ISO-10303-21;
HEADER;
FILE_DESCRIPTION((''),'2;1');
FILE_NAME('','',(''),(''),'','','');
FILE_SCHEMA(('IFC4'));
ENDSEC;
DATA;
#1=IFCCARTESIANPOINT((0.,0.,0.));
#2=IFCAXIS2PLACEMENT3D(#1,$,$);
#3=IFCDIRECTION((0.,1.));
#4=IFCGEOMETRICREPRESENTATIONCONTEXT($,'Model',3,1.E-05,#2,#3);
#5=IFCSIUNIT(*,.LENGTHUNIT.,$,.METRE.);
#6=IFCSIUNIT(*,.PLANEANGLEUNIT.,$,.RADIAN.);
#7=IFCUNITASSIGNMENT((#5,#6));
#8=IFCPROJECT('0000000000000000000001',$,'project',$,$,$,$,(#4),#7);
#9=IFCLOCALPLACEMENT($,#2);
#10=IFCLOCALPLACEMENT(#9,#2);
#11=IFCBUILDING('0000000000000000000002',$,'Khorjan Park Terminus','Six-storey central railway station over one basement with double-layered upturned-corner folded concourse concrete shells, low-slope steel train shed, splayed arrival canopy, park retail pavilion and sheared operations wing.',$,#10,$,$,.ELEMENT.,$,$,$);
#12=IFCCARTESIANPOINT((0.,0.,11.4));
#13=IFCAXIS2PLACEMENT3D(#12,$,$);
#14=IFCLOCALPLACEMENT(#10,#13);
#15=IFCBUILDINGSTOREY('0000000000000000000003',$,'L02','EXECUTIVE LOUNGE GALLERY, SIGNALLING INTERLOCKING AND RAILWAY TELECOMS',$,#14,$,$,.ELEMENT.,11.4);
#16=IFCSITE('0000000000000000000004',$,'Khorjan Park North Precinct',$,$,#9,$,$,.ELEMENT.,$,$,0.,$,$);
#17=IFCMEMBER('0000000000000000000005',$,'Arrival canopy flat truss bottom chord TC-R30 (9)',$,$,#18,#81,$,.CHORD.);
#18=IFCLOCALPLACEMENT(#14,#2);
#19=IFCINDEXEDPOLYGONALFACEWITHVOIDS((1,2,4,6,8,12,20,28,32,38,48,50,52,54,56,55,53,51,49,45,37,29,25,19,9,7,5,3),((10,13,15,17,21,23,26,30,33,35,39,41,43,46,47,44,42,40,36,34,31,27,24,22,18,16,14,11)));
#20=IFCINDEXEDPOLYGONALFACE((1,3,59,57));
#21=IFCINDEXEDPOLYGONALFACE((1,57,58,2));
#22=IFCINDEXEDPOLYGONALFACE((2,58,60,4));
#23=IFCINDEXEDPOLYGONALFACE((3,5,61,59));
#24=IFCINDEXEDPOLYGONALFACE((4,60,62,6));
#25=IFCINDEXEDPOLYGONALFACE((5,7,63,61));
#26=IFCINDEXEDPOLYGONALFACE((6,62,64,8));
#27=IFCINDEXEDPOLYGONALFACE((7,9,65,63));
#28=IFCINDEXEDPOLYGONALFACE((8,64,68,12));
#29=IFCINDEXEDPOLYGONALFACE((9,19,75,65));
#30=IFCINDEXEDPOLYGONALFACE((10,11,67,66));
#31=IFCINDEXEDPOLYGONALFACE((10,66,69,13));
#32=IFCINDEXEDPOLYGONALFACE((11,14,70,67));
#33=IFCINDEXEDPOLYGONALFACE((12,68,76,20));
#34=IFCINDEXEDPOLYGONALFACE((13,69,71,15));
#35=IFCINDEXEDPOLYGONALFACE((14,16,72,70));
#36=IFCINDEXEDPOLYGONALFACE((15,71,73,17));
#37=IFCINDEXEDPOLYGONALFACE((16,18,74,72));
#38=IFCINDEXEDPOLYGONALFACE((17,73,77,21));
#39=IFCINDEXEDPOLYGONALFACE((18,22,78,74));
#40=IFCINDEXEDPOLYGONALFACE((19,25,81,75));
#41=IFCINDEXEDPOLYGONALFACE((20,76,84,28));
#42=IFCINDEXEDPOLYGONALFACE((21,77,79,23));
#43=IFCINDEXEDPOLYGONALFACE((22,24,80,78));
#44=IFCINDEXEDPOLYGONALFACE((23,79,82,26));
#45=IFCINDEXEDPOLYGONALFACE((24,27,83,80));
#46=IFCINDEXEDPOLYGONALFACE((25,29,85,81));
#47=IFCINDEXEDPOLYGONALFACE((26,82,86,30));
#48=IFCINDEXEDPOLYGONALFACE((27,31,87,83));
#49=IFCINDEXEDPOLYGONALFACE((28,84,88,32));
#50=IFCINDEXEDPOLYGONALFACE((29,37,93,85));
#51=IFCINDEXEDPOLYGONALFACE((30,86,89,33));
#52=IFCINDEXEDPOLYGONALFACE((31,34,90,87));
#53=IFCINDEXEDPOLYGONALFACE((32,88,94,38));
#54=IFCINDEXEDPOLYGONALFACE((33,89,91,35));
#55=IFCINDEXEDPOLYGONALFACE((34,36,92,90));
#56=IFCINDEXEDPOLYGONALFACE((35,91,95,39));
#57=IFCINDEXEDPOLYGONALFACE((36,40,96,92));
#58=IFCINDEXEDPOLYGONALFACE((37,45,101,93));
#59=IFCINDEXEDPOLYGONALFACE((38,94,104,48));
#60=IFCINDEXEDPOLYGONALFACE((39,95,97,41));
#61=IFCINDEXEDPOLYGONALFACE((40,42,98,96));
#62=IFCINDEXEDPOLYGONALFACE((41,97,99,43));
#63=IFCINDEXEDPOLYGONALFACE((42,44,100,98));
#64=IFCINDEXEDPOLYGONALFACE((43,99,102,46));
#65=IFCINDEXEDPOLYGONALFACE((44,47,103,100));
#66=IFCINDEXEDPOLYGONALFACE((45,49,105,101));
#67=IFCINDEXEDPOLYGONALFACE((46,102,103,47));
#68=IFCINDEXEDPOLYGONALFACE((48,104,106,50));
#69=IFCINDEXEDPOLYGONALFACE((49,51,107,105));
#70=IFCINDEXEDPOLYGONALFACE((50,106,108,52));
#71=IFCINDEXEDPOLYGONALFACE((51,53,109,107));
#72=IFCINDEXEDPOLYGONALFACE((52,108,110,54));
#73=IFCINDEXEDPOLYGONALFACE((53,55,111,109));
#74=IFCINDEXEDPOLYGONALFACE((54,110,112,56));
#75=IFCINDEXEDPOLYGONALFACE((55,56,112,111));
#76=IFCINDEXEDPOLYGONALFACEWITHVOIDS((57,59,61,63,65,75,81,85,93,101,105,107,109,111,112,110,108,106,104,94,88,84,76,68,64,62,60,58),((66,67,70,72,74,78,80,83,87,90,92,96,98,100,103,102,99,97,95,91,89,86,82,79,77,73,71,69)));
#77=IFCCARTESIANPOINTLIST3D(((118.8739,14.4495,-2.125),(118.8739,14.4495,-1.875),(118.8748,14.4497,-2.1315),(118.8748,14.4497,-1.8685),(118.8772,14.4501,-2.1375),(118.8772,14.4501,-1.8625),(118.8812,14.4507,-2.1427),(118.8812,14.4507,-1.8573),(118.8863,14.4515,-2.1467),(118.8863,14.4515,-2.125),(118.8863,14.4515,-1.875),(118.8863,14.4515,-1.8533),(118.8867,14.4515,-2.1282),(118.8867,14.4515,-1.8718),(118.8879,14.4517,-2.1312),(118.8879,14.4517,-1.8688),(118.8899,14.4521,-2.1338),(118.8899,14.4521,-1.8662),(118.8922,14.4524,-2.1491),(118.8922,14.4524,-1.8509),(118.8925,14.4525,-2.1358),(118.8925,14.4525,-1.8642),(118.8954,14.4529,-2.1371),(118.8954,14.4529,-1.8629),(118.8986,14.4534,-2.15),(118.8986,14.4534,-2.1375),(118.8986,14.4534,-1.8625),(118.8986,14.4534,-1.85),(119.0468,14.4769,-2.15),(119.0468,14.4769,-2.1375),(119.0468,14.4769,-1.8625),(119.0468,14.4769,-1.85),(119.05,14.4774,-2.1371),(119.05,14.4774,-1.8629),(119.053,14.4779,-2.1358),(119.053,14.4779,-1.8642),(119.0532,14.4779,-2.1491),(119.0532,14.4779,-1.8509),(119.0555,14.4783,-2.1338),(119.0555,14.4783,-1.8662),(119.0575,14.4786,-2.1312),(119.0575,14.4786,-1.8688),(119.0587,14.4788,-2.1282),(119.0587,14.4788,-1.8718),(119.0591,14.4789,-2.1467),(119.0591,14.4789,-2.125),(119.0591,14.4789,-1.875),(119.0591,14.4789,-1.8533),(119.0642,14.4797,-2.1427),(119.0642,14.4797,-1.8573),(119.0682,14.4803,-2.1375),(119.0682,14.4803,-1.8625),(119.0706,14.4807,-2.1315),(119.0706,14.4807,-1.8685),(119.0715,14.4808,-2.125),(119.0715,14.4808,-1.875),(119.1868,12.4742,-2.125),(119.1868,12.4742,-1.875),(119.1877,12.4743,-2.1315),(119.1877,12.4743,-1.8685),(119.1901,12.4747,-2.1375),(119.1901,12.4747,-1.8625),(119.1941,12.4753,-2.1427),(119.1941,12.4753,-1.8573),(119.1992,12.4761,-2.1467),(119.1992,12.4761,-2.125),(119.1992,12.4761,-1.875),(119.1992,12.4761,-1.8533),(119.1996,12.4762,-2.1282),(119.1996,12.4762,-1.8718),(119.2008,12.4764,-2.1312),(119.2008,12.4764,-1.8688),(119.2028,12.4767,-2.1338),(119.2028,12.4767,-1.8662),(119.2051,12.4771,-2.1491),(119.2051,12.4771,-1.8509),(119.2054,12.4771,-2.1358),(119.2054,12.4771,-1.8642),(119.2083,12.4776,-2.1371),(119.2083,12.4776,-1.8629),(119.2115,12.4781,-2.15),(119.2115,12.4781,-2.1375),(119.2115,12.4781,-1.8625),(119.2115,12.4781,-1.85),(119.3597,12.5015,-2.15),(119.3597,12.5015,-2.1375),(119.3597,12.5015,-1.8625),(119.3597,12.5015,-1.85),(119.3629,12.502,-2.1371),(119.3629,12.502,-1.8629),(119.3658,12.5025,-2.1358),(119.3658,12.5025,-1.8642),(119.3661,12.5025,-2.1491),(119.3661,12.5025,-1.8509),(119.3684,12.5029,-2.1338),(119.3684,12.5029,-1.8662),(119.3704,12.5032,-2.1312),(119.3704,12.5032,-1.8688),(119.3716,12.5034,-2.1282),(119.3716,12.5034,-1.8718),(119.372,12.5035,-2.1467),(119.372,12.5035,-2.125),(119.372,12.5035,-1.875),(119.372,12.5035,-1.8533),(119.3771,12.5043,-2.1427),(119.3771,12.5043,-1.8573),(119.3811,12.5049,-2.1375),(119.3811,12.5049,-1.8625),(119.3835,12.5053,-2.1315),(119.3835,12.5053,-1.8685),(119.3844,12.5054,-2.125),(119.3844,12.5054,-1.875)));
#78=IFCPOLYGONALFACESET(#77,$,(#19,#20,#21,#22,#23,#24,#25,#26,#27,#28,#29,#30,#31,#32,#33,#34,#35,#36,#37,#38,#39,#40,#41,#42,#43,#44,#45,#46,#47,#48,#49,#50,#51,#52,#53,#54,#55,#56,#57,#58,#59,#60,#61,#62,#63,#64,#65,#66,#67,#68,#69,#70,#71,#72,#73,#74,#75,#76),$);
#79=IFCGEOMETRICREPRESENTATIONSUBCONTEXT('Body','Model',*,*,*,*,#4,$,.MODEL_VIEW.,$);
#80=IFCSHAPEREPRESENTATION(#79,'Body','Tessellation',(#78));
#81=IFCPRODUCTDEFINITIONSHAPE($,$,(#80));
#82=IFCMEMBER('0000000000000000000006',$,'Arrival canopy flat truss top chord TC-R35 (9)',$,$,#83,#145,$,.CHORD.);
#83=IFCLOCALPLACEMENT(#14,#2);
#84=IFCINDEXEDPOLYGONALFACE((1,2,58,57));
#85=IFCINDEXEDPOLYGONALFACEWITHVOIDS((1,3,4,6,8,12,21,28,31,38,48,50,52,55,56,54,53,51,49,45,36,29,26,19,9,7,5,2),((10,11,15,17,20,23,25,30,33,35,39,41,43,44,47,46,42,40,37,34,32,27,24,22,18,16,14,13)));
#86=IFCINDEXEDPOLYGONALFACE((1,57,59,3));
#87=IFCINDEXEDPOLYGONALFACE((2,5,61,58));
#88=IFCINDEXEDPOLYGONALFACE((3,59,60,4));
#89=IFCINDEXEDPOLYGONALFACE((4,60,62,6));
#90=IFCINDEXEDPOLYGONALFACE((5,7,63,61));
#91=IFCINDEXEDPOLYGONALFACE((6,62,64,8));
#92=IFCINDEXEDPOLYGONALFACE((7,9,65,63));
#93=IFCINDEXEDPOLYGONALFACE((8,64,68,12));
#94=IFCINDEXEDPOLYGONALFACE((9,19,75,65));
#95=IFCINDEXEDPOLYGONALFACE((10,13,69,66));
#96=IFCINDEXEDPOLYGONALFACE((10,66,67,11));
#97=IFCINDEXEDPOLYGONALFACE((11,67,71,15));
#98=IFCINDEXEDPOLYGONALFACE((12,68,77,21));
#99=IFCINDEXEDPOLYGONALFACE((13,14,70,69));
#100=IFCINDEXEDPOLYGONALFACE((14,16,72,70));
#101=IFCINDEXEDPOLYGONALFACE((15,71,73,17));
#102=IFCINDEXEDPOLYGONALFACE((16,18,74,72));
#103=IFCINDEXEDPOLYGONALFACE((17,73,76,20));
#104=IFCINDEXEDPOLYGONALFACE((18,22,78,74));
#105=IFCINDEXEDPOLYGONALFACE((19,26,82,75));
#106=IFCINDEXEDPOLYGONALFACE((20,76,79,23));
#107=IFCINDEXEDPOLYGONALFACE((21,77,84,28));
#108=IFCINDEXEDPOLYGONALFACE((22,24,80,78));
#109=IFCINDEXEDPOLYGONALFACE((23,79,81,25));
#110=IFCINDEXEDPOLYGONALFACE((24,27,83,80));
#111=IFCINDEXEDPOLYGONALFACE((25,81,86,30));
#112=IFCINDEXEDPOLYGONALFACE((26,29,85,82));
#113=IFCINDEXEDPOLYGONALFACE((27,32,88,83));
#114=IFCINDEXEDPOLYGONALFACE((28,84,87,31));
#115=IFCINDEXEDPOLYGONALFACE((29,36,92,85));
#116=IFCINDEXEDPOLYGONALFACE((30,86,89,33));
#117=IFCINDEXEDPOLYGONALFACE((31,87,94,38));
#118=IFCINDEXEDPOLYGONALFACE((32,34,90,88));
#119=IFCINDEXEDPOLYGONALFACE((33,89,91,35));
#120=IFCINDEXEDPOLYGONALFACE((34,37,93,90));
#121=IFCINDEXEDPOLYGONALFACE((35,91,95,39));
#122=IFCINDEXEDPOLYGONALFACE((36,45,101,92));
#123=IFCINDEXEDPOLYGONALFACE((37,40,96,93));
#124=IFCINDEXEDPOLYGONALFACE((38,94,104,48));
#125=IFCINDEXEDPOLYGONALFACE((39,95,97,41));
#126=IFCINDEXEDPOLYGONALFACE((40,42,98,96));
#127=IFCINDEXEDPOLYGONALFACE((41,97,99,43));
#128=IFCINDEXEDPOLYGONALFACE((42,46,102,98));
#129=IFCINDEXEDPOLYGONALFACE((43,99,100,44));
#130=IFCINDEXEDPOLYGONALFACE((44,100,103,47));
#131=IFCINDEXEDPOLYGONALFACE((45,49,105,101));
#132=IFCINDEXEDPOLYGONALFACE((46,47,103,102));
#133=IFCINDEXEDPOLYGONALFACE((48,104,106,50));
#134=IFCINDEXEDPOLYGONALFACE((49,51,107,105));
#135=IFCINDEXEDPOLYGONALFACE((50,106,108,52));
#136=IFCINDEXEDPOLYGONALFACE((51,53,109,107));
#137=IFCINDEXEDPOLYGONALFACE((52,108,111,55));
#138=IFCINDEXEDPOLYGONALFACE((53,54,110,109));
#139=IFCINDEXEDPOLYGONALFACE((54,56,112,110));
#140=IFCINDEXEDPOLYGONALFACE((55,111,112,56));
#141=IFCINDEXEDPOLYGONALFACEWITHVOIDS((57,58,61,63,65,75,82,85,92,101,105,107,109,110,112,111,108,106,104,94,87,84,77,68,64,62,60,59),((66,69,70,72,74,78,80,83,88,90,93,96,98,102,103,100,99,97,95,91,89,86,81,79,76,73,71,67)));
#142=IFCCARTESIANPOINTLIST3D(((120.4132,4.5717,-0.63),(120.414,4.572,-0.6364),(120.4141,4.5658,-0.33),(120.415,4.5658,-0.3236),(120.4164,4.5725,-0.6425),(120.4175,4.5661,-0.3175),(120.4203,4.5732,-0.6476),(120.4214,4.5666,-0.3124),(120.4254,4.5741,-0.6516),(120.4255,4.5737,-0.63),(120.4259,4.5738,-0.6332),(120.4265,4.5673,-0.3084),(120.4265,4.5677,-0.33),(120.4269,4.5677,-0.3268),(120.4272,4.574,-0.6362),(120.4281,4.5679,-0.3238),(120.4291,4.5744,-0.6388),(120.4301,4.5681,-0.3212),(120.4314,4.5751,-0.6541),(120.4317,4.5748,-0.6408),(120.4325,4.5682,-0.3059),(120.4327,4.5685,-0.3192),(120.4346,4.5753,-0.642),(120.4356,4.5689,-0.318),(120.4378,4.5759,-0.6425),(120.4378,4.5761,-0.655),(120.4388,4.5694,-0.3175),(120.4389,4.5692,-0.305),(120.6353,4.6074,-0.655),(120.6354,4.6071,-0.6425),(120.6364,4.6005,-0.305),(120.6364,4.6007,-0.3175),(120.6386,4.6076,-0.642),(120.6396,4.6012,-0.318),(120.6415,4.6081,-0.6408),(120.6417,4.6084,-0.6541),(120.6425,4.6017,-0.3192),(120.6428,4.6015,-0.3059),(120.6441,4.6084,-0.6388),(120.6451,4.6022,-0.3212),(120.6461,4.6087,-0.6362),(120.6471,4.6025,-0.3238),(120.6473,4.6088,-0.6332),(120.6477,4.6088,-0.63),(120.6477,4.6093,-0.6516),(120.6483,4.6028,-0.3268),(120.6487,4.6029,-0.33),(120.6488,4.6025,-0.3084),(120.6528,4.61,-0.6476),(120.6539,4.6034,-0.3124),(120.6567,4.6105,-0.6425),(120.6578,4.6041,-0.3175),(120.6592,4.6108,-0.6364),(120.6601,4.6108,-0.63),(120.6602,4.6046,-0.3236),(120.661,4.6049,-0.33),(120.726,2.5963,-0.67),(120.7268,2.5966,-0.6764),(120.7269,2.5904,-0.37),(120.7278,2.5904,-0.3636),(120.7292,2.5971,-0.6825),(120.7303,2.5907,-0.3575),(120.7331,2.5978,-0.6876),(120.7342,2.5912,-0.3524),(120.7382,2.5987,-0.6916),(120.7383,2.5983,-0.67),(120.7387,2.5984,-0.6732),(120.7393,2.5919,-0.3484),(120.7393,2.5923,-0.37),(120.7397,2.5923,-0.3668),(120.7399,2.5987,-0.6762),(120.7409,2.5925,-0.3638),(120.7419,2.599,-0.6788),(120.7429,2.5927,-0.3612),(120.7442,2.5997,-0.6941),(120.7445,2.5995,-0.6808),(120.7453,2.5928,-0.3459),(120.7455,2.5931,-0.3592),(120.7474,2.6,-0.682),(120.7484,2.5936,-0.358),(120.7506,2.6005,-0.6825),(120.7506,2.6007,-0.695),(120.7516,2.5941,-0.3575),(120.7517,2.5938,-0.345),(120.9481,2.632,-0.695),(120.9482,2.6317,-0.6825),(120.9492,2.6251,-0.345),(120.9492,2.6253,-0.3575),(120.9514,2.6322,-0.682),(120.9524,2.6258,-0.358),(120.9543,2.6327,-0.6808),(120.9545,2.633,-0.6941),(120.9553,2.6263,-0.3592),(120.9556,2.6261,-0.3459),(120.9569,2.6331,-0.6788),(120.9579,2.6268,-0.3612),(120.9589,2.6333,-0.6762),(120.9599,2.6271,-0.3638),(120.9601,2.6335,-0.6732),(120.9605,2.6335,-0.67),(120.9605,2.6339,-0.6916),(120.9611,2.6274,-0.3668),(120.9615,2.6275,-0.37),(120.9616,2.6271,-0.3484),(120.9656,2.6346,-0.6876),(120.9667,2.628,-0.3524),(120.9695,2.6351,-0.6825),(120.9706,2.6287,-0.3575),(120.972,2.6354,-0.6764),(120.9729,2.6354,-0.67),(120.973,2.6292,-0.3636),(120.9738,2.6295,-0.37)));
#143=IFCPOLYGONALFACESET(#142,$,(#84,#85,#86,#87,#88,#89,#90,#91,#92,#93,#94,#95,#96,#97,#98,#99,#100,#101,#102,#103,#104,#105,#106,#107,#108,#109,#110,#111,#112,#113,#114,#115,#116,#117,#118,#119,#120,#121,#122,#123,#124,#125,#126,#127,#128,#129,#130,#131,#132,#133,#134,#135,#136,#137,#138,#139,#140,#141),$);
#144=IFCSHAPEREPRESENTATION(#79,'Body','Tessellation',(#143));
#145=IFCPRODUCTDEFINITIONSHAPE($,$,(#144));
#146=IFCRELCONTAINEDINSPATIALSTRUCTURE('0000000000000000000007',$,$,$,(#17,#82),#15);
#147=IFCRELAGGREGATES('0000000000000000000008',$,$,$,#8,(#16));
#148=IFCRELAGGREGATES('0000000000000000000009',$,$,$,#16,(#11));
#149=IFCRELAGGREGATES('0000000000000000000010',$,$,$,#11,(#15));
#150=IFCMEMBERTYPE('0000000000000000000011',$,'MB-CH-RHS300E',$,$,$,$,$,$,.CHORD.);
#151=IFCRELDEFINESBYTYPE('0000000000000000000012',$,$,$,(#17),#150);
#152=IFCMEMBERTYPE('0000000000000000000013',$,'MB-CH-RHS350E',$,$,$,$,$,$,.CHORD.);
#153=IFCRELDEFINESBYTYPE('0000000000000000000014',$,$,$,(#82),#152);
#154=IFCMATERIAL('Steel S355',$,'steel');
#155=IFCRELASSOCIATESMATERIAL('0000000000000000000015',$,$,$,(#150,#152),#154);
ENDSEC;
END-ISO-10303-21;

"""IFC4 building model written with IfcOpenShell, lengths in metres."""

from ifc_helpers import new_model, si_unit, direction, frame, origin, origin_2d, place, context, subcontext, project, spatial, hollow_rectangle, extrude, material, material_profile, profile_set, type_object, element, save


model = new_model("IFC4")

# Units and contexts
model_context = context("Model", 3, precision=1e-05, world=origin(), true_north=direction((0.0, 1.0)))
body_context = subcontext(model_context, "Body", "Model", "MODEL_VIEW")
ifc_project = project(units=[si_unit("LENGTHUNIT", "METRE"), si_unit("PLANEANGLEUNIT", "RADIAN")], contexts=[model_context])

# Site, building, storey
site_placement = place(None, origin())
site = spatial("IfcSite", under=ifc_project, at=site_placement, Name="Khorjan Park North Precinct", CompositionType="ELEMENT", RefElevation=0.0)
building_placement = place(site_placement, origin())
building = spatial("IfcBuilding", under=site, at=building_placement, Name="Khorjan Park Terminus", Description="Six-storey central railway station over one basement with double-layered upturned-corner folded concourse concrete shells, low-slope steel train shed, splayed arrival canopy, park retail pavilion and sheared operations wing.", CompositionType="ELEMENT")
storey_placement = place(building_placement, frame((0.0, 0.0, 11.4)))
storey = spatial("IfcBuildingStorey", under=building, at=storey_placement, Name="L02", Description="EXECUTIVE LOUNGE GALLERY, SIGNALLING INTERLOCKING AND RAILWAY TELECOMS", CompositionType="ELEMENT", Elevation=11.4)

# Members
ifc_material = material(Name="Steel S355", Category="steel")
ifc_material_profile_1 = material_profile(ifc_material, hollow_rectangle(XDim=0.2, YDim=0.3, WallThickness=0.0125, InnerFilletRadius=0.0125, OuterFilletRadius=0.025, at=origin_2d()), Name="RHS 300x200x12.5")
ifc_profile_set_1 = profile_set([ifc_material_profile_1], Name="Steel S355")
member_type_1 = type_object("IfcMemberType", Name="MB-CH-RHS300E", PredefinedType="CHORD", material=ifc_profile_set_1)
for number, where, z_axis, x_axis, name in (
    (1, (119.2856, 12.4898, -2.0), (-0.156448, 0.987686, 0.0), (-0.987686, -0.156448, 0.0), "Arrival canopy flat truss bottom chord TC-R30 (9)"),
):
    element("IfcMember", number, at=place(storey_placement, frame(where, z_axis=z_axis, x_axis=x_axis)), inside=storey, type_object=member_type_1, Name=name, PredefinedType="CHORD", context=body_context, shape_type="SweptSolid", body=[
        extrude(hollow_rectangle(XDim=0.2, YDim=0.3, WallThickness=0.0125, InnerFilletRadius=0.0125, OuterFilletRadius=0.025, at=origin_2d()), origin(), (0.0, 0.0, 1.0), 2.0),
    ])
ifc_material_profile_2 = material_profile(ifc_material, hollow_rectangle(XDim=0.25, YDim=0.35, WallThickness=0.0125, InnerFilletRadius=0.0125, OuterFilletRadius=0.025, at=origin_2d()), Name="RHS 350x250x12.5")
ifc_profile_set_2 = profile_set([ifc_material_profile_2], Name="Steel S355")
member_type_2 = type_object("IfcMemberType", Name="MB-CH-RHS350E", PredefinedType="CHORD", material=ifc_profile_set_2)
for number, where, z_axis, x_axis, name in (
    (2, (120.8499, 2.6129, -0.52), (-0.156368, 0.987496, 0.019996), (-0.987694, -0.156399, 0.0), "Arrival canopy flat truss top chord TC-R35 (9)"),
):
    element("IfcMember", number, at=place(storey_placement, frame(where, z_axis=z_axis, x_axis=x_axis)), inside=storey, type_object=member_type_2, Name=name, PredefinedType="CHORD", context=body_context, shape_type="SweptSolid", body=[
        extrude(hollow_rectangle(XDim=0.25, YDim=0.35, WallThickness=0.0125, InnerFilletRadius=0.0125, OuterFilletRadius=0.025, at=origin_2d()), origin(), (0.0, 0.0, 1.0), 2.0004),
    ])

save(model, "model.ifc")
